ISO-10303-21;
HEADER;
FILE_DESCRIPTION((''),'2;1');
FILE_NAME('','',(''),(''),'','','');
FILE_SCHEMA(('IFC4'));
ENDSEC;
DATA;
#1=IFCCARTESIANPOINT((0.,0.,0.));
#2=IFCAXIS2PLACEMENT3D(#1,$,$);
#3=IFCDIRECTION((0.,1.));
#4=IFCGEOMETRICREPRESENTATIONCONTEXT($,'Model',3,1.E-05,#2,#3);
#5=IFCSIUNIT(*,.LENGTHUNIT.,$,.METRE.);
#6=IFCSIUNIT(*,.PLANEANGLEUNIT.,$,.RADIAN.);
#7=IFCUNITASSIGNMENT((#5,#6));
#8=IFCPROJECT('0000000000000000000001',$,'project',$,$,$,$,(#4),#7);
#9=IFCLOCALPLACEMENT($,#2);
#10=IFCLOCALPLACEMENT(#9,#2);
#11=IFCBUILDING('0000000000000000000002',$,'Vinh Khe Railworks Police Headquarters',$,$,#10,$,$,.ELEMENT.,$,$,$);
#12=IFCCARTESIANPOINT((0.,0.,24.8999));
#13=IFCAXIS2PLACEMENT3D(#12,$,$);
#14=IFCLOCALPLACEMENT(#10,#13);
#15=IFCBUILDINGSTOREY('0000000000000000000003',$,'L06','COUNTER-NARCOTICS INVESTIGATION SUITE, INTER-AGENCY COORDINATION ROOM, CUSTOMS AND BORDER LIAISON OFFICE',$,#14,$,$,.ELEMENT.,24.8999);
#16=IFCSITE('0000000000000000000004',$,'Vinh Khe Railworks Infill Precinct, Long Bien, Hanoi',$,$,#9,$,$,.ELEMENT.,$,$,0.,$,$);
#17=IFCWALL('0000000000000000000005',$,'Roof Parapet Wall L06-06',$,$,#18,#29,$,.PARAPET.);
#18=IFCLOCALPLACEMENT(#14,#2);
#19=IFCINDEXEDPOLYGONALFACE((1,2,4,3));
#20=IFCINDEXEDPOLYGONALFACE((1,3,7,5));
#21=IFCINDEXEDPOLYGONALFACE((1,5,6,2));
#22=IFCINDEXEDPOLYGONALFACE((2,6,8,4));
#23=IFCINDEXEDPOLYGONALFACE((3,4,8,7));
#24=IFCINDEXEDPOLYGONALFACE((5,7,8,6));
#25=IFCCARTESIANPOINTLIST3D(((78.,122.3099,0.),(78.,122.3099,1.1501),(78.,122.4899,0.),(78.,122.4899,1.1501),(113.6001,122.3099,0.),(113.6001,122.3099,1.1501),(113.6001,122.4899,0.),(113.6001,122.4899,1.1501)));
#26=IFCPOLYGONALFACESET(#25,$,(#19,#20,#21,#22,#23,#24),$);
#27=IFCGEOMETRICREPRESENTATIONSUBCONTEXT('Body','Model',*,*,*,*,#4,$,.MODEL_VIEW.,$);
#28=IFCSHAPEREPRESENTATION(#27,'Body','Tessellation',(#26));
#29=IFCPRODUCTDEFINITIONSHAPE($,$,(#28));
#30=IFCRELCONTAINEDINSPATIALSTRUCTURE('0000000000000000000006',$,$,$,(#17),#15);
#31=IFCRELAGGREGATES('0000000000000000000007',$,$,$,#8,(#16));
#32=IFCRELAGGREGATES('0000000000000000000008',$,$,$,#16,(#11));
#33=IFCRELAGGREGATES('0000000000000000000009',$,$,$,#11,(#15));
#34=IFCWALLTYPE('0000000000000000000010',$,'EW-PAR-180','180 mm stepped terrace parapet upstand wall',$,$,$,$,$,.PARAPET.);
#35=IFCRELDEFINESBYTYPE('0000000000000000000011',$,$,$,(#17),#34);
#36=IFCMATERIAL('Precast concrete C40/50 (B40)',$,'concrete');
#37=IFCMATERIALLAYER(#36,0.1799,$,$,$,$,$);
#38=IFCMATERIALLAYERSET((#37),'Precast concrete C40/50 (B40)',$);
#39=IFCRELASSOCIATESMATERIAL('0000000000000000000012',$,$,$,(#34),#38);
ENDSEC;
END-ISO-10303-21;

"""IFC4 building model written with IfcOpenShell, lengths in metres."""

from ifc_helpers import new_model, si_unit, direction, frame, frame_2d, origin, place, context, subcontext, project, spatial, rectangle, extrude, material, layer, layer_set, type_object, element, save


model = new_model("IFC4")

# Units and contexts
model_context = context("Model", 3, precision=1e-05, world=origin(), true_north=direction((0.0, 1.0)))
body_context = subcontext(model_context, "Body", "Model", "MODEL_VIEW")
ifc_project = project(units=[si_unit("LENGTHUNIT", "METRE"), si_unit("PLANEANGLEUNIT", "RADIAN")], contexts=[model_context])

# Site, building, storey
site_placement = place(None, origin())
site = spatial("IfcSite", under=ifc_project, at=site_placement, Name="Vinh Khe Railworks Infill Precinct, Long Bien, Hanoi", CompositionType="ELEMENT", RefElevation=0.0)
building_placement = place(site_placement, origin())
building = spatial("IfcBuilding", under=site, at=building_placement, Name="Vinh Khe Railworks Police Headquarters", CompositionType="ELEMENT")
storey_placement = place(building_placement, frame((0.0, 0.0, 24.8999)))
storey = spatial("IfcBuildingStorey", under=building, at=storey_placement, Name="L06", Description="COUNTER-NARCOTICS INVESTIGATION SUITE, INTER-AGENCY COORDINATION ROOM, CUSTOMS AND BORDER LIAISON OFFICE", CompositionType="ELEMENT", Elevation=24.8999)

# Wall
ifc_material_1 = material(Name="Precast concrete C40/50 (B40)", Category="concrete")
ifc_layer = layer(ifc_material_1, 0.1799)
ifc_layer_set = layer_set([ifc_layer], Name="Precast concrete C40/50 (B40)")
wall_type = type_object("IfcWallType", Name="EW-PAR-180", Description="180 mm stepped terrace parapet upstand wall", PredefinedType="PARAPET", material=ifc_layer_set)
wall_placement = place(storey_placement, frame((78.0, 122.3999, 0.0), z_axis=(0.0, 0.0, 1.0), x_axis=(1.0, 0.0, 0.0)))
element("IfcWall", 1, at=wall_placement, inside=storey, type_object=wall_type, Name="Roof Parapet Wall L06-06", PredefinedType="PARAPET", context=body_context, shape_type="SweptSolid", body=[
    extrude(rectangle(XDim=35.6001, YDim=0.1799, at=frame_2d((17.8, 0.0))), origin(), (0.0, 0.0, 1.0), 1.1501),
])

save(model, "model.ifc")
